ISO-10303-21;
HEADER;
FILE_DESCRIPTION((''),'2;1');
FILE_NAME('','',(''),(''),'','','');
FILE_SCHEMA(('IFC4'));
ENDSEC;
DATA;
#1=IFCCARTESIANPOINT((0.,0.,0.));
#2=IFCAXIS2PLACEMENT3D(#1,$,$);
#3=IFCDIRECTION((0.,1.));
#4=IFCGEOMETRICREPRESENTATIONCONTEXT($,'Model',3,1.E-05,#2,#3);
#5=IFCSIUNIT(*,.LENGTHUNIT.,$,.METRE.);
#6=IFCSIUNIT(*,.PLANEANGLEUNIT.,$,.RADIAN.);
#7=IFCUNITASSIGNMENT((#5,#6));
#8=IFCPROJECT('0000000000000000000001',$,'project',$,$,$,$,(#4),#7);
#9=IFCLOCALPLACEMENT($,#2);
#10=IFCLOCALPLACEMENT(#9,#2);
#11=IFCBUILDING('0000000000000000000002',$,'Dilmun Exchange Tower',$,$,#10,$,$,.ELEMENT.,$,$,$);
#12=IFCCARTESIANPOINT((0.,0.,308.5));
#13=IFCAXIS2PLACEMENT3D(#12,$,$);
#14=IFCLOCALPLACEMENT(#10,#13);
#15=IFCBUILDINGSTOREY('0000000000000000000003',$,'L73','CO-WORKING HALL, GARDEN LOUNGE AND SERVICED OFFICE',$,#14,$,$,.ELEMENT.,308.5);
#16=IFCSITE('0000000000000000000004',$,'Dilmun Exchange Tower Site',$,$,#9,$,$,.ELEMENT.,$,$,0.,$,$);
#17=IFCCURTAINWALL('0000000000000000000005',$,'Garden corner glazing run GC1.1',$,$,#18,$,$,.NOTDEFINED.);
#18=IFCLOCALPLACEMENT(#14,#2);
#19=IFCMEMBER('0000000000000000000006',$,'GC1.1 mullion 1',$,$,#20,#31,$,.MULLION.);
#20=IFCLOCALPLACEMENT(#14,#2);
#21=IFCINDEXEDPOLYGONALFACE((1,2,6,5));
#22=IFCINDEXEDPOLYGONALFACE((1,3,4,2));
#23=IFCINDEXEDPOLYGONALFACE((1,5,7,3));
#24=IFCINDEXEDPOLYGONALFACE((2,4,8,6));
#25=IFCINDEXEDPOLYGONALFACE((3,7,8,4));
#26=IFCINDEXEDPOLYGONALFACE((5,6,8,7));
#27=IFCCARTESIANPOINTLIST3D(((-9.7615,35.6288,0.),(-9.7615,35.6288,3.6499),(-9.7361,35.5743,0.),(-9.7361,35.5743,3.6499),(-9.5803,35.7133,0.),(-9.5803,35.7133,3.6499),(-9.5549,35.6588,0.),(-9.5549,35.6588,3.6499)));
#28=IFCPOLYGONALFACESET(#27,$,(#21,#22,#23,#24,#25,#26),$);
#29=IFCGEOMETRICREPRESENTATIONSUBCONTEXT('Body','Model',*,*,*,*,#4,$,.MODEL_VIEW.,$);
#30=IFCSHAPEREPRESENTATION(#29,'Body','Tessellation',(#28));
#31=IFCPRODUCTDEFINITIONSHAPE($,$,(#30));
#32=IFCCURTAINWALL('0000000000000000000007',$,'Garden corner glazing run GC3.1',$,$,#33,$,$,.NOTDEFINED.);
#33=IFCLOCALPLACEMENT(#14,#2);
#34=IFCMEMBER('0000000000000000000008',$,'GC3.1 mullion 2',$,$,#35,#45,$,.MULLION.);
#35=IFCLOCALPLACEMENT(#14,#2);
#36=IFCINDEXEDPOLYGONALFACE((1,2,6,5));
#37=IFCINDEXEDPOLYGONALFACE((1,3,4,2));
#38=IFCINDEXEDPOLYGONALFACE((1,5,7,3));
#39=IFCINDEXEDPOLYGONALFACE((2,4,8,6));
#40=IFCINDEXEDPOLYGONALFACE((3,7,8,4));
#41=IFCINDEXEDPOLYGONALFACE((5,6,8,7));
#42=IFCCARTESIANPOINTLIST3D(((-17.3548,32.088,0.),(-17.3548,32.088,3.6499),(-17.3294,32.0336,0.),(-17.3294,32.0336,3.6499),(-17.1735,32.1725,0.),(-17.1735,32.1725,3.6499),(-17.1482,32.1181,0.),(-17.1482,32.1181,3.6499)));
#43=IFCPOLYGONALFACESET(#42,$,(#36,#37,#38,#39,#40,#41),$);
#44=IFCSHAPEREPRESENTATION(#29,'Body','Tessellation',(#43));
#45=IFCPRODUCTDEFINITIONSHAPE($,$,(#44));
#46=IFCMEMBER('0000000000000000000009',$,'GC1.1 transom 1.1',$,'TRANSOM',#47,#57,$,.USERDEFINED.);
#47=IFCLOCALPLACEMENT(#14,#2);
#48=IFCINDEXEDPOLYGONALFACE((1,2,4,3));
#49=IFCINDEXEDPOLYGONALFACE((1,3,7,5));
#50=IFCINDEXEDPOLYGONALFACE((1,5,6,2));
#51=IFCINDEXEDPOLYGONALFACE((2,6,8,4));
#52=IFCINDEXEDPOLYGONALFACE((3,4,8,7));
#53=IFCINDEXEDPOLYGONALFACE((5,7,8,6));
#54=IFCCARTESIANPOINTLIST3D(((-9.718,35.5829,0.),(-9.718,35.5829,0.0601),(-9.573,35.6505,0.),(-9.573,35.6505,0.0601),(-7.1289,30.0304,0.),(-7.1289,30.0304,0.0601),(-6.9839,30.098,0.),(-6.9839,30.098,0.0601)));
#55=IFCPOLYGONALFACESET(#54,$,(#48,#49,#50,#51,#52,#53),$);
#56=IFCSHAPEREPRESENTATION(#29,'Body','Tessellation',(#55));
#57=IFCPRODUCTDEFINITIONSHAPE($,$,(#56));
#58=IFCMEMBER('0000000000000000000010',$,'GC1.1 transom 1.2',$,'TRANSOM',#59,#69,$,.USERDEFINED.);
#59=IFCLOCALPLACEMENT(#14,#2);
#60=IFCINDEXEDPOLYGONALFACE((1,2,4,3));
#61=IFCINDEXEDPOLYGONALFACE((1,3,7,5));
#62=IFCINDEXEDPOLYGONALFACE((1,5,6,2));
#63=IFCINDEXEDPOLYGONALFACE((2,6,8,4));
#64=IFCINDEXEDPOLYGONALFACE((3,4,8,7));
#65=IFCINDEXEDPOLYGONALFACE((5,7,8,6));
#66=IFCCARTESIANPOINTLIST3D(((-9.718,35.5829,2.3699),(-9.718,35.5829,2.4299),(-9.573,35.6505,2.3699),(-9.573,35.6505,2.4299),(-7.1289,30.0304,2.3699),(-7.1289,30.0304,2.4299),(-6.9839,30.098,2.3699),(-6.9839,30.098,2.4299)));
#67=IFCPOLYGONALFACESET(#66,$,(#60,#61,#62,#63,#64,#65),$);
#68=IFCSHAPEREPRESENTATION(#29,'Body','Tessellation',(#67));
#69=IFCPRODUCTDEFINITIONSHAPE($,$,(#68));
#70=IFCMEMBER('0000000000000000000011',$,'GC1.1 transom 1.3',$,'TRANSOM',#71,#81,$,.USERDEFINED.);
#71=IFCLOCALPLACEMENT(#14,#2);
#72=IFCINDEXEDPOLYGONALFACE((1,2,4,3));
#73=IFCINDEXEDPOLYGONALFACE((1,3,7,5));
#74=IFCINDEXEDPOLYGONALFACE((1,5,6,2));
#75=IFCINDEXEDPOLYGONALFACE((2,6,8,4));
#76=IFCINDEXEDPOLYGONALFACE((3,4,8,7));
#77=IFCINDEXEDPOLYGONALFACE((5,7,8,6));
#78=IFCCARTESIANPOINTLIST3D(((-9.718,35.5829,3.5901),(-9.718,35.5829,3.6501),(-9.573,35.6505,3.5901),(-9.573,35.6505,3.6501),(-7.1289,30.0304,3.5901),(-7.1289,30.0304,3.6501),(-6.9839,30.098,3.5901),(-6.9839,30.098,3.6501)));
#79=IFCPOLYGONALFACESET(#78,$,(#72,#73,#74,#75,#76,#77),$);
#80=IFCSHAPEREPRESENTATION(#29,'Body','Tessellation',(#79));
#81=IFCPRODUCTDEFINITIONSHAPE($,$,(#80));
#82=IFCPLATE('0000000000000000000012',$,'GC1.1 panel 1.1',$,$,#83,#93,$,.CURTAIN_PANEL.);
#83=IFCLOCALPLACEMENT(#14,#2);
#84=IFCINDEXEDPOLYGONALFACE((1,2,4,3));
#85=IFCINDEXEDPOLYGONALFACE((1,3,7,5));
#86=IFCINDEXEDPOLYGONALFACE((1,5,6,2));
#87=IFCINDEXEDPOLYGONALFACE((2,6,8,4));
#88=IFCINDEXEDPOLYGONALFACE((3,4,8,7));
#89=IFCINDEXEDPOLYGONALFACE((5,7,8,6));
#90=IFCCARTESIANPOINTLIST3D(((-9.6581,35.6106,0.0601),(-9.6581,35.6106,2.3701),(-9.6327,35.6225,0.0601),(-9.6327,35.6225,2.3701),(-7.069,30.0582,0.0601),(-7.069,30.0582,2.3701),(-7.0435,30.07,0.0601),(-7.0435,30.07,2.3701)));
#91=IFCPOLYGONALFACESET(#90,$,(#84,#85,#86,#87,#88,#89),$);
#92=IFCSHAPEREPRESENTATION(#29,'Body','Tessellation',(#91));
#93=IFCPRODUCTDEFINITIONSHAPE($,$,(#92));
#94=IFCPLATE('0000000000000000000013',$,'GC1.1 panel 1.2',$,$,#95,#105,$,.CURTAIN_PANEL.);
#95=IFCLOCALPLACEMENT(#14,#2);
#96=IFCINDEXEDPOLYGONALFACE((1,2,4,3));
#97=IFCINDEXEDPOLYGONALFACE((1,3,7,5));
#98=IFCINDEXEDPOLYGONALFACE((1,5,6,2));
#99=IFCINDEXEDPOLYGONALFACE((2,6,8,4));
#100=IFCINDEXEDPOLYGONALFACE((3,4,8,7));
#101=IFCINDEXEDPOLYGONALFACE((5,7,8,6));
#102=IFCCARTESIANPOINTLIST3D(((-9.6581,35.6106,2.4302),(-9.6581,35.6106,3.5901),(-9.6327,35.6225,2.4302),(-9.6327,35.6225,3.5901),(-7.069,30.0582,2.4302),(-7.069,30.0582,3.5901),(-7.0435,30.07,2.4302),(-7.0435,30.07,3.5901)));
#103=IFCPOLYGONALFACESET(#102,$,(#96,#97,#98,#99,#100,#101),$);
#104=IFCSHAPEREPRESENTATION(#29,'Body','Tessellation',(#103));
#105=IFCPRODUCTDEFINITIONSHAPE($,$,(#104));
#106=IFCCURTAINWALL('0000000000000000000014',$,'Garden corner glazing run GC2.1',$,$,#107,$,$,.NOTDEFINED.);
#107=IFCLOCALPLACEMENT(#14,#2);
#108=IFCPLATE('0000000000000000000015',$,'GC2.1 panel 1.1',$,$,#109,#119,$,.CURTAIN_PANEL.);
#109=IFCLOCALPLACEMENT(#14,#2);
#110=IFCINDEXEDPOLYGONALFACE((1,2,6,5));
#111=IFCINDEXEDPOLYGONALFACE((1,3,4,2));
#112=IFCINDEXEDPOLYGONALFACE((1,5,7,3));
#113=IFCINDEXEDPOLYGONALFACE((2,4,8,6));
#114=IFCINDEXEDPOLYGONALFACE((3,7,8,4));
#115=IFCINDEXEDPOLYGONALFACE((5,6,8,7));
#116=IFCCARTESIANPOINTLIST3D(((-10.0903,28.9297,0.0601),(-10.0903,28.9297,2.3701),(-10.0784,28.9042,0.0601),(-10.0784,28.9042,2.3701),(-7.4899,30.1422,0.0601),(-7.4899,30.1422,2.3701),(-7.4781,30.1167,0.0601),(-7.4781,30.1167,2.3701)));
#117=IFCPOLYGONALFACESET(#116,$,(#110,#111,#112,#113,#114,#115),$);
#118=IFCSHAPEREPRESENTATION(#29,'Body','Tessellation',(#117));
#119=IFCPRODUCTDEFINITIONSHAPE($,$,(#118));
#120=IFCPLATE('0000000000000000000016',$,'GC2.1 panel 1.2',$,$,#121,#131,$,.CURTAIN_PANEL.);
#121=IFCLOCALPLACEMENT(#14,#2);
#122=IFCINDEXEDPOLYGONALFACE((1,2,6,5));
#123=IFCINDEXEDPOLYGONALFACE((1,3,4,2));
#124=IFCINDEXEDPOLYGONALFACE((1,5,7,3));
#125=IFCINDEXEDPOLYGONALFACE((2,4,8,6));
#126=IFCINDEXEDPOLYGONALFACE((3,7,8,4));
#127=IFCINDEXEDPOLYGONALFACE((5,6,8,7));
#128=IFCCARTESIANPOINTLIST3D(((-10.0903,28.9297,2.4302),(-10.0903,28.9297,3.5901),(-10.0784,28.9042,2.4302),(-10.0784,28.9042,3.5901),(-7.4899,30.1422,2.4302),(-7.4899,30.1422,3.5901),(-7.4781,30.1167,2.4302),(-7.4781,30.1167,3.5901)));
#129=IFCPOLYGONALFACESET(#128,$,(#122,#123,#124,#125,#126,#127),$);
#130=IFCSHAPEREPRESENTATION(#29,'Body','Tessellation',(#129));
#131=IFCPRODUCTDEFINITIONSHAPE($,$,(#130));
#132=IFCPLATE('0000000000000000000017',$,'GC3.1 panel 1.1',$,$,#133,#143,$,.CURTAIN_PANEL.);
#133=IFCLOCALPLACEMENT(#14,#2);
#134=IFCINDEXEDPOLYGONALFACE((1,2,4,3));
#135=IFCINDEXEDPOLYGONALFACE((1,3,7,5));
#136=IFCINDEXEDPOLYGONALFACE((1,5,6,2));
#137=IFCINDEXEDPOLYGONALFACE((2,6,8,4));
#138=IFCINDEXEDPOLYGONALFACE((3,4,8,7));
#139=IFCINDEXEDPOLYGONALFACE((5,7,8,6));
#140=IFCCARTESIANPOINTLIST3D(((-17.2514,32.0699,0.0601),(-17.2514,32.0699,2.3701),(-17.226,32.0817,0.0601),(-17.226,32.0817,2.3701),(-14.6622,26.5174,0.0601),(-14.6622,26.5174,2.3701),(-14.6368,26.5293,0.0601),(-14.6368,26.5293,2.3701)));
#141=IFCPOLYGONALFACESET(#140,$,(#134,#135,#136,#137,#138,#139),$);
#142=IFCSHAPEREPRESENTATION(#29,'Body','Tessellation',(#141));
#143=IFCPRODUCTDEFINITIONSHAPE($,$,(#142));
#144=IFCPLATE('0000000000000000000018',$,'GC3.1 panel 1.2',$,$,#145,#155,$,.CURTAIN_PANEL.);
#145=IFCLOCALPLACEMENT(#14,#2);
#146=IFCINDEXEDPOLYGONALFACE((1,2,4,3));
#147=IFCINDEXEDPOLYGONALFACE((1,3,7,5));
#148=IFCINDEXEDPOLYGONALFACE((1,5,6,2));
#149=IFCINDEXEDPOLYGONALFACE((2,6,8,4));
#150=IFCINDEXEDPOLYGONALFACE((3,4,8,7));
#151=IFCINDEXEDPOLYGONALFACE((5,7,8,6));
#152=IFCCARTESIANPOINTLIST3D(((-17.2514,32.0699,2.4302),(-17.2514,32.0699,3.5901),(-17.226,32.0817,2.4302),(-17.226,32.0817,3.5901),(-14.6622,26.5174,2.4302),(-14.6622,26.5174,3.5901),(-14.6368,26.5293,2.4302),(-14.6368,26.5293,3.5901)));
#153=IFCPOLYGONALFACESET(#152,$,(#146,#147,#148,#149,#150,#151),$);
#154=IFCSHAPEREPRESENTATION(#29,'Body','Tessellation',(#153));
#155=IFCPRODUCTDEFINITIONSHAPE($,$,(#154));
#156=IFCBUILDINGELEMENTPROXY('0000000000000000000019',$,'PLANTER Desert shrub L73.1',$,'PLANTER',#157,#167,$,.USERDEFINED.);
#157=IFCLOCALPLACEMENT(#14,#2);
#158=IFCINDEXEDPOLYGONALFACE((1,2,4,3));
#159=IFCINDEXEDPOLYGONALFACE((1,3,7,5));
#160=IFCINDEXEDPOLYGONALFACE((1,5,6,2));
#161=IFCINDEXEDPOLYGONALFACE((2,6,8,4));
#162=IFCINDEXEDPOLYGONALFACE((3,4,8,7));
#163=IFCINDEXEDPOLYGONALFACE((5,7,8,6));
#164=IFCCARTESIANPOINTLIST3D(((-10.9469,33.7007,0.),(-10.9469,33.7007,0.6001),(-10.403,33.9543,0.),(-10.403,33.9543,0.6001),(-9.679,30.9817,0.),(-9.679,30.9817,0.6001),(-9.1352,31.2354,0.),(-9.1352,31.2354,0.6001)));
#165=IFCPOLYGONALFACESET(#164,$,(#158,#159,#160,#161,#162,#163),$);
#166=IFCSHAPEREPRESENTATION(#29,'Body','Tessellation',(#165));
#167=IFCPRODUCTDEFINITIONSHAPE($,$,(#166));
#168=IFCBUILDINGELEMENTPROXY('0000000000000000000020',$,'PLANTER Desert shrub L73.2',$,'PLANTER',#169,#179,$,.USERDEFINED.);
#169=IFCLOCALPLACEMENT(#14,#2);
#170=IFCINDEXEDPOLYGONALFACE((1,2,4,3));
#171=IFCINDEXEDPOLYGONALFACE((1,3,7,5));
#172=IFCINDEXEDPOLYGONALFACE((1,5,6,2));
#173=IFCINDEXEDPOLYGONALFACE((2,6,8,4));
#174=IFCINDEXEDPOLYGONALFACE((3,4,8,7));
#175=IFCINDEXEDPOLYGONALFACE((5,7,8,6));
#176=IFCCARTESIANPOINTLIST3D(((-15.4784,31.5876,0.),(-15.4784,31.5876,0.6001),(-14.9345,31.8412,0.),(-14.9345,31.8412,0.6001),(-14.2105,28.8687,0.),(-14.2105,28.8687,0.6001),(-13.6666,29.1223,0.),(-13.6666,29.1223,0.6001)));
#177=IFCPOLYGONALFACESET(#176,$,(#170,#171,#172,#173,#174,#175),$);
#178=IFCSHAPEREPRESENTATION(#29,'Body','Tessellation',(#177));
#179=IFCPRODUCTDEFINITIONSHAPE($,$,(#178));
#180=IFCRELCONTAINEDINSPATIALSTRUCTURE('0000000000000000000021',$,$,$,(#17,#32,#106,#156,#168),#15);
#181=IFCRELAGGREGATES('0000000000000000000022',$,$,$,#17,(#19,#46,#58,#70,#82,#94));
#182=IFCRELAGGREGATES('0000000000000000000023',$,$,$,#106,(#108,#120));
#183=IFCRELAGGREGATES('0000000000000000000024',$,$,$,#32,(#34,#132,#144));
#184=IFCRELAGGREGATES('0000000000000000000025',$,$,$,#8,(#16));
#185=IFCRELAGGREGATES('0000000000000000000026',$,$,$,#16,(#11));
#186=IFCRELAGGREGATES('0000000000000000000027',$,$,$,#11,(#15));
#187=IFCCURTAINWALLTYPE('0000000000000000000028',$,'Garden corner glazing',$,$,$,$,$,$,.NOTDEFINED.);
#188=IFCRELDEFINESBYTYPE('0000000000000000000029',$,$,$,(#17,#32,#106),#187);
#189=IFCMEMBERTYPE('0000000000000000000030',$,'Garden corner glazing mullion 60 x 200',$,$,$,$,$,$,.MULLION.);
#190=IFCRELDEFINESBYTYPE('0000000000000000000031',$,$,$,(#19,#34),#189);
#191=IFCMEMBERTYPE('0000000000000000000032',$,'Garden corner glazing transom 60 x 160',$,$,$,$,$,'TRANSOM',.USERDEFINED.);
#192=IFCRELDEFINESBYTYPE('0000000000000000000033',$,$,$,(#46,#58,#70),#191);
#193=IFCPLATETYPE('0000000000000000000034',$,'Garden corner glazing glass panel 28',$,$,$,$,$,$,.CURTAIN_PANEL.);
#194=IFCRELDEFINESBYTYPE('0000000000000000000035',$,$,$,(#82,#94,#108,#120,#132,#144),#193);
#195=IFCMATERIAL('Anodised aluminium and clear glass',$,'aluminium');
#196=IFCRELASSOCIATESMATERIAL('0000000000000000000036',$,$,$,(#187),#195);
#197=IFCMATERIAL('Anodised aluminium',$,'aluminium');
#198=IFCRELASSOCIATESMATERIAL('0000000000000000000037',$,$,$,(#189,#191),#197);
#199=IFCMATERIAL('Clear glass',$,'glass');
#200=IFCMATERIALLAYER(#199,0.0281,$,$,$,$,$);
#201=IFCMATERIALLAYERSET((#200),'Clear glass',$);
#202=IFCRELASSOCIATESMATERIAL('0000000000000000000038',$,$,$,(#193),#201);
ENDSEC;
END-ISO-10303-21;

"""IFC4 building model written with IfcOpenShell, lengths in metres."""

from ifc_helpers import new_model, si_unit, direction, frame, origin, origin_2d, place, context, subcontext, project, spatial, rectangle, extrude, material, layer, layer_set, material_profile, profile_set, type_object, element, aggregate, save


model = new_model("IFC4")

# Units and contexts
model_context = context("Model", 3, precision=1e-05, world=origin(), true_north=direction((0.0, 1.0)))
body_context = subcontext(model_context, "Body", "Model", "MODEL_VIEW")
ifc_project = project(units=[si_unit("LENGTHUNIT", "METRE"), si_unit("PLANEANGLEUNIT", "RADIAN")], contexts=[model_context])

# Site, building, storey
site_placement = place(None, origin())
site = spatial("IfcSite", under=ifc_project, at=site_placement, Name="Dilmun Exchange Tower Site", CompositionType="ELEMENT", RefElevation=0.0)
building_placement = place(site_placement, origin())
building = spatial("IfcBuilding", under=site, at=building_placement, Name="Dilmun Exchange Tower", CompositionType="ELEMENT")
storey_placement = place(building_placement, frame((0.0, 0.0, 308.5)))
storey = spatial("IfcBuildingStorey", under=building, at=storey_placement, Name="L73", Description="CO-WORKING HALL, GARDEN LOUNGE AND SERVICED OFFICE", CompositionType="ELEMENT", Elevation=308.5)

# Curtain walls, members
ifc_material_1 = material(Name="Anodised aluminium and clear glass", Category="aluminium")
curtain_wall_type = type_object("IfcCurtainWallType", Name="Garden corner glazing", PredefinedType="NOTDEFINED", material=ifc_material_1)
curtain_wall_1_placement = place(storey_placement, origin())
curtain_wall_1 = element("IfcCurtainWall", 1, at=curtain_wall_1_placement, inside=storey, type_object=curtain_wall_type, Name="Garden corner glazing run GC1.1", PredefinedType="NOTDEFINED")
ifc_material_2 = material(Name="Anodised aluminium", Category="aluminium")
ifc_material_profile_1 = material_profile(ifc_material_2, rectangle(XDim=0.2, YDim=0.0601, at=origin_2d()), Name="AL 60x200")
ifc_profile_set_1 = profile_set([ifc_material_profile_1], Name="Anodised aluminium")
member_type_1 = type_object("IfcMemberType", Name="Garden corner glazing mullion 60 x 200", PredefinedType="MULLION", material=ifc_profile_set_1)
member_1_placement = place(storey_placement, frame((-9.6582, 35.6438, 0.0), z_axis=(0.0, 0.0, 1.0), x_axis=(0.906305, 0.422623, 0.0)))
member_1 = element("IfcMember", 2, at=member_1_placement, type_object=member_type_1, Name="GC1.1 mullion 1", PredefinedType="MULLION", context=body_context, shape_type="SweptSolid", body=[
    extrude(rectangle(XDim=0.2, YDim=0.0601, at=origin_2d()), origin(), (0.0, 0.0, 1.0), 3.6499),
])
curtain_wall_2_placement = place(storey_placement, origin())
curtain_wall_2 = element("IfcCurtainWall", 3, at=curtain_wall_2_placement, inside=storey, type_object=curtain_wall_type, Name="Garden corner glazing run GC3.1", PredefinedType="NOTDEFINED")
member_2_placement = place(storey_placement, frame((-17.2515, 32.103, 0.0), z_axis=(0.0, 0.0, 1.0), x_axis=(-0.906305, -0.422623, 0.0)))
member_2 = element("IfcMember", 4, at=member_2_placement, type_object=member_type_1, Name="GC3.1 mullion 2", PredefinedType="MULLION", context=body_context, shape_type="SweptSolid", body=[
    extrude(rectangle(XDim=0.2, YDim=0.0601, at=origin_2d()), origin(), (0.0, 0.0, 1.0), 3.6499),
])

# Members
ifc_material_profile_2 = material_profile(ifc_material_2, rectangle(XDim=0.1599, YDim=0.0601, at=origin_2d()), Name="AL 60x160")
ifc_profile_set_2 = profile_set([ifc_material_profile_2], Name="Anodised aluminium")
member_type_2 = type_object("IfcMemberType", Name="Garden corner glazing transom 60 x 160", ElementType="TRANSOM", PredefinedType="USERDEFINED", material=ifc_profile_set_2)
member_3_placement = place(storey_placement, frame((-9.6455, 35.6167, 0.03), z_axis=(0.422611, -0.906311, 0.0), x_axis=(0.906311, 0.422611, 0.0)))
member_3 = element("IfcMember", 5, at=member_3_placement, type_object=member_type_2, Name="GC1.1 transom 1.1", ObjectType="TRANSOM", PredefinedType="USERDEFINED", context=body_context, shape_type="SweptSolid", body=[
    extrude(rectangle(XDim=0.1599, YDim=0.0601, at=origin_2d()), origin(), (0.0, 0.0, 1.0), 6.1265),
])
member_4_placement = place(storey_placement, frame((-9.6455, 35.6167, 2.3999), z_axis=(0.422611, -0.906311, 0.0), x_axis=(0.906311, 0.422611, 0.0)))
member_4 = element("IfcMember", 6, at=member_4_placement, type_object=member_type_2, Name="GC1.1 transom 1.2", ObjectType="TRANSOM", PredefinedType="USERDEFINED", context=body_context, shape_type="SweptSolid", body=[
    extrude(rectangle(XDim=0.1599, YDim=0.0601, at=origin_2d()), origin(), (0.0, 0.0, 1.0), 6.1265),
])
member_5_placement = place(storey_placement, frame((-9.6455, 35.6167, 3.6201), z_axis=(0.422611, -0.906311, 0.0), x_axis=(0.906311, 0.422611, 0.0)))
member_5 = element("IfcMember", 7, at=member_5_placement, type_object=member_type_2, Name="GC1.1 transom 1.3", ObjectType="TRANSOM", PredefinedType="USERDEFINED", context=body_context, shape_type="SweptSolid", body=[
    extrude(rectangle(XDim=0.1599, YDim=0.0601, at=origin_2d()), origin(), (0.0, 0.0, 1.0), 6.1265),
])

# Plates
ifc_material_3 = material(Name="Clear glass", Category="glass")
ifc_layer_1 = layer(ifc_material_3, 0.0281)
ifc_layer_set_1 = layer_set([ifc_layer_1], Name="Clear glass")
plate_type = type_object("IfcPlateType", Name="Garden corner glazing glass panel 28", PredefinedType="CURTAIN_PANEL", material=ifc_layer_set_1)
plate_1_placement = place(storey_placement, frame((-8.3508, 32.8403, 0.0601), z_axis=(0.0, 0.0, 1.0), x_axis=(0.422623, -0.906305, 0.0)))
plate_1 = element("IfcPlate", 8, at=plate_1_placement, type_object=plate_type, Name="GC1.1 panel 1.1", PredefinedType="CURTAIN_PANEL", context=body_context, shape_type="SweptSolid", body=[
    extrude(rectangle(XDim=6.1265, YDim=0.0281, at=origin_2d()), origin(), (0.0, 0.0, 1.0), 2.3101),
])
plate_2_placement = place(storey_placement, frame((-8.3508, 32.8403, 2.4302), z_axis=(0.0, 0.0, 1.0), x_axis=(0.422623, -0.906305, 0.0)))
plate_2 = element("IfcPlate", 9, at=plate_2_placement, type_object=plate_type, Name="GC1.1 panel 1.2", PredefinedType="CURTAIN_PANEL", context=body_context, shape_type="SweptSolid", body=[
    extrude(rectangle(XDim=6.1265, YDim=0.0281, at=origin_2d()), origin(), (0.0, 0.0, 1.0), 1.1599),
])
aggregate(curtain_wall_1, [member_1, member_3, member_4, member_5, plate_1, plate_2])

# Curtain wall, plates
curtain_wall_3_placement = place(storey_placement, origin())
curtain_wall_3 = element("IfcCurtainWall", 10, at=curtain_wall_3_placement, inside=storey, type_object=curtain_wall_type, Name="Garden corner glazing run GC2.1", PredefinedType="NOTDEFINED")
plate_3_placement = place(storey_placement, frame((-8.7842, 29.5232, 0.0601), z_axis=(0.0, 0.0, 1.0), x_axis=(-0.906311, -0.422611, 0.0)))
plate_3 = element("IfcPlate", 11, at=plate_3_placement, type_object=plate_type, Name="GC2.1 panel 1.1", PredefinedType="CURTAIN_PANEL", context=body_context, shape_type="SweptSolid", body=[
    extrude(rectangle(XDim=2.8691, YDim=0.0281, at=origin_2d()), origin(), (0.0, 0.0, 1.0), 2.3101),
])
plate_4_placement = place(storey_placement, frame((-8.7842, 29.5232, 2.4302), z_axis=(0.0, 0.0, 1.0), x_axis=(-0.906311, -0.422611, 0.0)))
plate_4 = element("IfcPlate", 12, at=plate_4_placement, type_object=plate_type, Name="GC2.1 panel 1.2", PredefinedType="CURTAIN_PANEL", context=body_context, shape_type="SweptSolid", body=[
    extrude(rectangle(XDim=2.8691, YDim=0.0281, at=origin_2d()), origin(), (0.0, 0.0, 1.0), 1.1599),
])
aggregate(curtain_wall_3, [plate_3, plate_4])

# Plates
plate_5_placement = place(storey_placement, frame((-15.9441, 29.2996, 0.0601), z_axis=(0.0, 0.0, 1.0), x_axis=(-0.422623, 0.906305, 0.0)))
plate_5 = element("IfcPlate", 13, at=plate_5_placement, type_object=plate_type, Name="GC3.1 panel 1.1", PredefinedType="CURTAIN_PANEL", context=body_context, shape_type="SweptSolid", body=[
    extrude(rectangle(XDim=6.1265, YDim=0.0281, at=origin_2d()), origin(), (0.0, 0.0, 1.0), 2.3101),
])
plate_6_placement = place(storey_placement, frame((-15.9441, 29.2996, 2.4302), z_axis=(0.0, 0.0, 1.0), x_axis=(-0.422623, 0.906305, 0.0)))
plate_6 = element("IfcPlate", 14, at=plate_6_placement, type_object=plate_type, Name="GC3.1 panel 1.2", PredefinedType="CURTAIN_PANEL", context=body_context, shape_type="SweptSolid", body=[
    extrude(rectangle(XDim=6.1265, YDim=0.0281, at=origin_2d()), origin(), (0.0, 0.0, 1.0), 1.1599),
])
aggregate(curtain_wall_2, [member_2, plate_5, plate_6])

# Building element proxies
for number, where, z_axis, x_axis, name in (
    (15, (-10.041, 32.468, 0.0), (0.0, 0.0, 1.0), (-0.422618, 0.906308, 0.0), "PLANTER Desert shrub L73.1"),
    (16, (-14.5725, 30.355, 0.0), (0.0, 0.0, 1.0), (-0.422618, 0.906308, 0.0), "PLANTER Desert shrub L73.2"),
):
    element("IfcBuildingElementProxy", number, at=place(storey_placement, frame(where, z_axis=z_axis, x_axis=x_axis)), inside=storey, Name=name, ObjectType="PLANTER", PredefinedType="USERDEFINED", context=body_context, shape_type="SweptSolid", body=[
        extrude(rectangle(XDim=3.0, YDim=0.6001, at=origin_2d()), origin(), (0.0, 0.0, 1.0), 0.6001),
    ])

save(model, "model.ifc")
